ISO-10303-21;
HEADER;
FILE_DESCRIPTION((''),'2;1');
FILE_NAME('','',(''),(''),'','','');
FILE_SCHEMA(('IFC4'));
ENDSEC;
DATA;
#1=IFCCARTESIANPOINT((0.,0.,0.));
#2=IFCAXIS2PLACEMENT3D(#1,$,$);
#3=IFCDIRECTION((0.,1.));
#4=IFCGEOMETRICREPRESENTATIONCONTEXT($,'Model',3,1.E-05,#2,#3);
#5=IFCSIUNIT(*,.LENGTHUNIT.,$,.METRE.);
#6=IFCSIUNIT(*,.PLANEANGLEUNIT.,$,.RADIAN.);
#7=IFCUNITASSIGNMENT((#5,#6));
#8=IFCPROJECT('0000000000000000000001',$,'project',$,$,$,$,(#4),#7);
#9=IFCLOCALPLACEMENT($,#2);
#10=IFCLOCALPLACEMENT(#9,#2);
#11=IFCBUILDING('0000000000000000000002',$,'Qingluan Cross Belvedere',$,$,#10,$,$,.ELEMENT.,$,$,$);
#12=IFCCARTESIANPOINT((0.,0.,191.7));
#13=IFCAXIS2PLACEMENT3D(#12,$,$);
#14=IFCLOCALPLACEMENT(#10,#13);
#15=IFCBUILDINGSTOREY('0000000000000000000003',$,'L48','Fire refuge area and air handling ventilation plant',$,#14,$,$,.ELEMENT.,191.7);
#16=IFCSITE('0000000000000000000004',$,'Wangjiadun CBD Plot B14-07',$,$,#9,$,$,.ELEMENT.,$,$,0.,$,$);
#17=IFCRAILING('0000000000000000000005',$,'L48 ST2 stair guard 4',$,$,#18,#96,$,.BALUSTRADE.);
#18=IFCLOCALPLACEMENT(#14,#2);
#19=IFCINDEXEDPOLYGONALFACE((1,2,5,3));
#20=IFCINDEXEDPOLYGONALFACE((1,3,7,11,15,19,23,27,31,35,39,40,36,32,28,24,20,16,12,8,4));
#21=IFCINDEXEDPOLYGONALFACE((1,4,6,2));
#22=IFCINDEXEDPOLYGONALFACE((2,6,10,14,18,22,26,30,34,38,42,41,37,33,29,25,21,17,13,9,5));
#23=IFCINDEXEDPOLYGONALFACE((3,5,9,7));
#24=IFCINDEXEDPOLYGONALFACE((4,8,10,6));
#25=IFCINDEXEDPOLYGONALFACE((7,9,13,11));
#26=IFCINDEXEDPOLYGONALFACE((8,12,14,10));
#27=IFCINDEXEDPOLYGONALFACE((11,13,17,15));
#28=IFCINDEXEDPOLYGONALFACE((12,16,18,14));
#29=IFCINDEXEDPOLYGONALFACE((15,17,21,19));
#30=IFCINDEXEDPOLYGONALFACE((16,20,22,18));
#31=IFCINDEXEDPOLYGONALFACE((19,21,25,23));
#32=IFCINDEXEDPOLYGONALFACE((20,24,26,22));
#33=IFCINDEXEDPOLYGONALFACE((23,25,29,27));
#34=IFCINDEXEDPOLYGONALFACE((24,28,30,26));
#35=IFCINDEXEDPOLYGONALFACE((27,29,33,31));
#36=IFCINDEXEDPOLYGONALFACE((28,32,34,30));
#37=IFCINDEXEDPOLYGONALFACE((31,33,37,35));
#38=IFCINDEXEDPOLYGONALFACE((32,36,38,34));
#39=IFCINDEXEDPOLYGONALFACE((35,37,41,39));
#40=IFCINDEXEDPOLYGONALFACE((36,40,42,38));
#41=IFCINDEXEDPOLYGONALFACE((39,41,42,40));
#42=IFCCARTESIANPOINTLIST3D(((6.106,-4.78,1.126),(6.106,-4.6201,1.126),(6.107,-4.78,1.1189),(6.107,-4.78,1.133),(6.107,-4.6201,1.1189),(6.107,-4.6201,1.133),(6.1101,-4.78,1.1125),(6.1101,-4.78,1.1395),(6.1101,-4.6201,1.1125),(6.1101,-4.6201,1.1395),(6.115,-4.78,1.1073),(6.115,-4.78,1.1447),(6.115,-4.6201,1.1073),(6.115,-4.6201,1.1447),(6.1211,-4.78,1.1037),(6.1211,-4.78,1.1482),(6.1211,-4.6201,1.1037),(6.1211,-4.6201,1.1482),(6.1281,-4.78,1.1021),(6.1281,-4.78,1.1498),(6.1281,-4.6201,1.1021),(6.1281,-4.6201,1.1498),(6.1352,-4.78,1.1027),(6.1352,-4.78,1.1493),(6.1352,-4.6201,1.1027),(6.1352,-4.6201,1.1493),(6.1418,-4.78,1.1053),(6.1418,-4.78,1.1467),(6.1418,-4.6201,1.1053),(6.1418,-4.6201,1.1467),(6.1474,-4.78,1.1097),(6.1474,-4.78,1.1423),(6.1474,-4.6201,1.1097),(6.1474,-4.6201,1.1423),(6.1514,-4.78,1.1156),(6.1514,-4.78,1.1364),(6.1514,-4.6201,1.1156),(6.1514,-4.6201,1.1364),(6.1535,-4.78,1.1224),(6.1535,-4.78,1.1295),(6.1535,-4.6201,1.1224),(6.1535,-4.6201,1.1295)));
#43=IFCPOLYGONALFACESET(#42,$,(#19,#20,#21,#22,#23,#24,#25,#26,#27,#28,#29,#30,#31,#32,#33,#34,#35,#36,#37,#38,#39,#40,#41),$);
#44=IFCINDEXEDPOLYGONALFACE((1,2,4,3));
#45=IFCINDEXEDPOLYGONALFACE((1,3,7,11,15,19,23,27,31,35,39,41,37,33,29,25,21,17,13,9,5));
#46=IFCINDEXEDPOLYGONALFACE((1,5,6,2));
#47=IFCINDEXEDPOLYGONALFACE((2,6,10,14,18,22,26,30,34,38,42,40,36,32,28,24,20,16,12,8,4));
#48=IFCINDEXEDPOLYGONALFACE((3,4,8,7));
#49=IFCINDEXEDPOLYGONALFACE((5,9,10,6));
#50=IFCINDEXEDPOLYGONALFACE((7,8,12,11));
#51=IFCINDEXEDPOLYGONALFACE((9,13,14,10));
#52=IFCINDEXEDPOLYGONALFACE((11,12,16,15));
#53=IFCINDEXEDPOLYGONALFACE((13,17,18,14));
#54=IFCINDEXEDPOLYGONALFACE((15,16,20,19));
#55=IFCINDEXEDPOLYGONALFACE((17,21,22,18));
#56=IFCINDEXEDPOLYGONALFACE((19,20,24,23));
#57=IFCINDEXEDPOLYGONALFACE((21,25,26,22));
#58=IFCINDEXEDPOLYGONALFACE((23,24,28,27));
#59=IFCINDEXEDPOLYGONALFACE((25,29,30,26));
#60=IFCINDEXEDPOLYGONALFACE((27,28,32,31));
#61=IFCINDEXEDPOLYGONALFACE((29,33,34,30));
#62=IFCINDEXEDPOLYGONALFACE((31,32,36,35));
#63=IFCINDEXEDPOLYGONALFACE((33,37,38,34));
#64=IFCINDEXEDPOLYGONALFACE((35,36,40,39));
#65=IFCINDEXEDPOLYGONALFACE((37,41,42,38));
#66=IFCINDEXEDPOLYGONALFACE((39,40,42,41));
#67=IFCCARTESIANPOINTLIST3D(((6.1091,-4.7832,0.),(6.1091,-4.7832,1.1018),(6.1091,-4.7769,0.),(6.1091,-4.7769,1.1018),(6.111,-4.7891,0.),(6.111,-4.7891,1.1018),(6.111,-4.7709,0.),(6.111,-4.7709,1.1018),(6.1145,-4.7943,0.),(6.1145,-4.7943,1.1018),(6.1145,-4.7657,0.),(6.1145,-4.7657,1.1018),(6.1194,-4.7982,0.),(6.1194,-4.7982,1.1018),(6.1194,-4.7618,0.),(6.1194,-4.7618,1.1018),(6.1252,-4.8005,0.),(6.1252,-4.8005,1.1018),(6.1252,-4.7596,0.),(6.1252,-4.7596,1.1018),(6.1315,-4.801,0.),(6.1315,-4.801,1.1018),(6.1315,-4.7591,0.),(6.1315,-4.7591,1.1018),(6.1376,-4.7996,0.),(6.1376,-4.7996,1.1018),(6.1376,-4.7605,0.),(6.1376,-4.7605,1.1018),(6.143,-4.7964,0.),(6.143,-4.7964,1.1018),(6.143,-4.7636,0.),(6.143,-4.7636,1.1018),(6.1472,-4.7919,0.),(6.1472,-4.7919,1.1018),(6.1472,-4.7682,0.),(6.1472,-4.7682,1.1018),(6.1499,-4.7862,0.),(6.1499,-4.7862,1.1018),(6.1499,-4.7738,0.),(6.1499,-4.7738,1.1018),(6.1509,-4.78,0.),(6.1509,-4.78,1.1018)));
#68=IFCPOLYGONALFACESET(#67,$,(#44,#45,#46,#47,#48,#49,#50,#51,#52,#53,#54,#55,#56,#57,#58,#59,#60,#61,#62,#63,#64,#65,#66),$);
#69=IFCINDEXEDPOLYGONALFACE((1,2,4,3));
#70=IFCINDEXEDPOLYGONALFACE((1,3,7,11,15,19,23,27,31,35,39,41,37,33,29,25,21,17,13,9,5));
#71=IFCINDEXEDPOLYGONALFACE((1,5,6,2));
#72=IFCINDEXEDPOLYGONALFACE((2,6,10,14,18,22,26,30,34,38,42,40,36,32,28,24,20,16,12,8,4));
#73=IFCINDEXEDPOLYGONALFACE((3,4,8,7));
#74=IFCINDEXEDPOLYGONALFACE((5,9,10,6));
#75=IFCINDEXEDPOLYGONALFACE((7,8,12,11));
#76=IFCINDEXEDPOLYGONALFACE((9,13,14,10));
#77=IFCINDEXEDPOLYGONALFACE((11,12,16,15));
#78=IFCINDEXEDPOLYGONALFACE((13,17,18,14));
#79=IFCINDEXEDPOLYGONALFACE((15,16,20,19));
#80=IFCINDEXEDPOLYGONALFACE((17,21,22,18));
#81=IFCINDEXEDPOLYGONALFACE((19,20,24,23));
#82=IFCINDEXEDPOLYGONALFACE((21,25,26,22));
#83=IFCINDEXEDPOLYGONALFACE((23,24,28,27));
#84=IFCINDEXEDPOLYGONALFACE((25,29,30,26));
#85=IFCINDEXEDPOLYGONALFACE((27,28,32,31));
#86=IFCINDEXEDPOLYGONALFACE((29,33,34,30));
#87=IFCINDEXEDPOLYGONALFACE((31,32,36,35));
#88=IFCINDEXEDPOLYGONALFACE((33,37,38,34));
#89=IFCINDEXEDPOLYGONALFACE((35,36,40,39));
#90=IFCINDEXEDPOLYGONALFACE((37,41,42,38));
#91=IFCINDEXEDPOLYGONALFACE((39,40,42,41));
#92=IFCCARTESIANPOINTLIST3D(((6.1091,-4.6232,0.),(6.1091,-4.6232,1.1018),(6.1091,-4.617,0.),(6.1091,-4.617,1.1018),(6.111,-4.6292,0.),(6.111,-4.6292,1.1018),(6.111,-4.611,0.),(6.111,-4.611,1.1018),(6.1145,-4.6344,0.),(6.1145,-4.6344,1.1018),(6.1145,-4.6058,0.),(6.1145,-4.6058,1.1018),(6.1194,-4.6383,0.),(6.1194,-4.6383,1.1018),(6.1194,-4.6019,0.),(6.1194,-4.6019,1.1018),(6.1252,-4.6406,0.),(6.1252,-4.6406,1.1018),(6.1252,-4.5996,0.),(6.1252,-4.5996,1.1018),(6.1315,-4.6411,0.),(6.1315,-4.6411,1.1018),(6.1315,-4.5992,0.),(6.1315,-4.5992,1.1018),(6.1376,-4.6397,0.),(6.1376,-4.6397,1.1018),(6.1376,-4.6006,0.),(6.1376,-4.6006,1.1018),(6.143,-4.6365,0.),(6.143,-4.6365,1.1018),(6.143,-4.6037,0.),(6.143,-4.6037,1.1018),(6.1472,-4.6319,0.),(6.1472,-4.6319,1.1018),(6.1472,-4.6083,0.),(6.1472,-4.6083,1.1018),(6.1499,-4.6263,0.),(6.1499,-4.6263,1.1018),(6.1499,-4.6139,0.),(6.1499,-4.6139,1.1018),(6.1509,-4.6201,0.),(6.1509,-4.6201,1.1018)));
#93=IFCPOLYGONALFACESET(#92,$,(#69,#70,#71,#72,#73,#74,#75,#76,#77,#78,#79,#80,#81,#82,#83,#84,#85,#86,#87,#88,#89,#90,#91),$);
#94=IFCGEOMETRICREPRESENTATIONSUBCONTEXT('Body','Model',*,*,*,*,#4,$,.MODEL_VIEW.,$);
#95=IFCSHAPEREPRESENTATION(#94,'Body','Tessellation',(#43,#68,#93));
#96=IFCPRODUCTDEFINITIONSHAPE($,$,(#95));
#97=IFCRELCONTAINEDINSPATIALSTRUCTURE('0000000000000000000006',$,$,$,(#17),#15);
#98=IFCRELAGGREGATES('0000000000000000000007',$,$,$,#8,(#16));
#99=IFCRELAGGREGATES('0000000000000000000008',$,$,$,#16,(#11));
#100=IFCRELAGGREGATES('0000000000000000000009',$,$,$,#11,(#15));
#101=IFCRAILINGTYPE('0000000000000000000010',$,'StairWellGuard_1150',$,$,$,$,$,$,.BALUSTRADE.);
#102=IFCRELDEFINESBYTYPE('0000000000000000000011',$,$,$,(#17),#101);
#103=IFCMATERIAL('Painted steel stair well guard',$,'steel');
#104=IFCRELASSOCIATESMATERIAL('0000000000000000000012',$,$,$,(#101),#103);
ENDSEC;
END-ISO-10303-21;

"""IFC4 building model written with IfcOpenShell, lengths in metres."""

from ifc_helpers import new_model, si_unit, direction, frame, origin, origin_2d, place, context, subcontext, project, spatial, circle, extrude, material, type_object, element, save


model = new_model("IFC4")

# Units and contexts
model_context = context("Model", 3, precision=1e-05, world=origin(), true_north=direction((0.0, 1.0)))
body_context = subcontext(model_context, "Body", "Model", "MODEL_VIEW")
ifc_project = project(units=[si_unit("LENGTHUNIT", "METRE"), si_unit("PLANEANGLEUNIT", "RADIAN")], contexts=[model_context])

# Site, building, storey
site_placement = place(None, origin())
site = spatial("IfcSite", under=ifc_project, at=site_placement, Name="Wangjiadun CBD Plot B14-07", CompositionType="ELEMENT", RefElevation=0.0)
building_placement = place(site_placement, origin())
building = spatial("IfcBuilding", under=site, at=building_placement, Name="Qingluan Cross Belvedere", CompositionType="ELEMENT")
storey_placement = place(building_placement, frame((0.0, 0.0, 191.7)))
storey = spatial("IfcBuildingStorey", under=building, at=storey_placement, Name="L48", Description="Fire refuge area and air handling ventilation plant", CompositionType="ELEMENT", Elevation=191.7)

# Railing
ifc_material_1 = material(Name="Painted steel stair well guard", Category="steel")
railing_type_1 = type_object("IfcRailingType", Name="StairWellGuard_1150", PredefinedType="BALUSTRADE", material=ifc_material_1)
railing_1_placement = place(storey_placement, frame((6.1299, -4.78, 0.0)))
element("IfcRailing", 1, at=railing_1_placement, inside=storey, type_object=railing_type_1, Name="L48 ST2 stair guard 4", PredefinedType="BALUSTRADE", context=body_context, shape_type="SweptSolid", body=[
    extrude(circle(Radius=0.0239, at=origin_2d()), frame((0.0, 0.0, 1.126), z_axis=(0.0, 1.0, 0.0), x_axis=(-1.0, 0.0, 0.0)), (0.0, 0.0, 1.0), 0.1599),
    extrude(circle(Radius=0.021, at=origin_2d()), origin(), (0.0, 0.0, 1.0), 1.1018),
    extrude(circle(Radius=0.021, at=origin_2d()), frame((0.0, 0.1599, 0.0)), (0.0, 0.0, 1.0), 1.1018),
])

save(model, "model.ifc")
